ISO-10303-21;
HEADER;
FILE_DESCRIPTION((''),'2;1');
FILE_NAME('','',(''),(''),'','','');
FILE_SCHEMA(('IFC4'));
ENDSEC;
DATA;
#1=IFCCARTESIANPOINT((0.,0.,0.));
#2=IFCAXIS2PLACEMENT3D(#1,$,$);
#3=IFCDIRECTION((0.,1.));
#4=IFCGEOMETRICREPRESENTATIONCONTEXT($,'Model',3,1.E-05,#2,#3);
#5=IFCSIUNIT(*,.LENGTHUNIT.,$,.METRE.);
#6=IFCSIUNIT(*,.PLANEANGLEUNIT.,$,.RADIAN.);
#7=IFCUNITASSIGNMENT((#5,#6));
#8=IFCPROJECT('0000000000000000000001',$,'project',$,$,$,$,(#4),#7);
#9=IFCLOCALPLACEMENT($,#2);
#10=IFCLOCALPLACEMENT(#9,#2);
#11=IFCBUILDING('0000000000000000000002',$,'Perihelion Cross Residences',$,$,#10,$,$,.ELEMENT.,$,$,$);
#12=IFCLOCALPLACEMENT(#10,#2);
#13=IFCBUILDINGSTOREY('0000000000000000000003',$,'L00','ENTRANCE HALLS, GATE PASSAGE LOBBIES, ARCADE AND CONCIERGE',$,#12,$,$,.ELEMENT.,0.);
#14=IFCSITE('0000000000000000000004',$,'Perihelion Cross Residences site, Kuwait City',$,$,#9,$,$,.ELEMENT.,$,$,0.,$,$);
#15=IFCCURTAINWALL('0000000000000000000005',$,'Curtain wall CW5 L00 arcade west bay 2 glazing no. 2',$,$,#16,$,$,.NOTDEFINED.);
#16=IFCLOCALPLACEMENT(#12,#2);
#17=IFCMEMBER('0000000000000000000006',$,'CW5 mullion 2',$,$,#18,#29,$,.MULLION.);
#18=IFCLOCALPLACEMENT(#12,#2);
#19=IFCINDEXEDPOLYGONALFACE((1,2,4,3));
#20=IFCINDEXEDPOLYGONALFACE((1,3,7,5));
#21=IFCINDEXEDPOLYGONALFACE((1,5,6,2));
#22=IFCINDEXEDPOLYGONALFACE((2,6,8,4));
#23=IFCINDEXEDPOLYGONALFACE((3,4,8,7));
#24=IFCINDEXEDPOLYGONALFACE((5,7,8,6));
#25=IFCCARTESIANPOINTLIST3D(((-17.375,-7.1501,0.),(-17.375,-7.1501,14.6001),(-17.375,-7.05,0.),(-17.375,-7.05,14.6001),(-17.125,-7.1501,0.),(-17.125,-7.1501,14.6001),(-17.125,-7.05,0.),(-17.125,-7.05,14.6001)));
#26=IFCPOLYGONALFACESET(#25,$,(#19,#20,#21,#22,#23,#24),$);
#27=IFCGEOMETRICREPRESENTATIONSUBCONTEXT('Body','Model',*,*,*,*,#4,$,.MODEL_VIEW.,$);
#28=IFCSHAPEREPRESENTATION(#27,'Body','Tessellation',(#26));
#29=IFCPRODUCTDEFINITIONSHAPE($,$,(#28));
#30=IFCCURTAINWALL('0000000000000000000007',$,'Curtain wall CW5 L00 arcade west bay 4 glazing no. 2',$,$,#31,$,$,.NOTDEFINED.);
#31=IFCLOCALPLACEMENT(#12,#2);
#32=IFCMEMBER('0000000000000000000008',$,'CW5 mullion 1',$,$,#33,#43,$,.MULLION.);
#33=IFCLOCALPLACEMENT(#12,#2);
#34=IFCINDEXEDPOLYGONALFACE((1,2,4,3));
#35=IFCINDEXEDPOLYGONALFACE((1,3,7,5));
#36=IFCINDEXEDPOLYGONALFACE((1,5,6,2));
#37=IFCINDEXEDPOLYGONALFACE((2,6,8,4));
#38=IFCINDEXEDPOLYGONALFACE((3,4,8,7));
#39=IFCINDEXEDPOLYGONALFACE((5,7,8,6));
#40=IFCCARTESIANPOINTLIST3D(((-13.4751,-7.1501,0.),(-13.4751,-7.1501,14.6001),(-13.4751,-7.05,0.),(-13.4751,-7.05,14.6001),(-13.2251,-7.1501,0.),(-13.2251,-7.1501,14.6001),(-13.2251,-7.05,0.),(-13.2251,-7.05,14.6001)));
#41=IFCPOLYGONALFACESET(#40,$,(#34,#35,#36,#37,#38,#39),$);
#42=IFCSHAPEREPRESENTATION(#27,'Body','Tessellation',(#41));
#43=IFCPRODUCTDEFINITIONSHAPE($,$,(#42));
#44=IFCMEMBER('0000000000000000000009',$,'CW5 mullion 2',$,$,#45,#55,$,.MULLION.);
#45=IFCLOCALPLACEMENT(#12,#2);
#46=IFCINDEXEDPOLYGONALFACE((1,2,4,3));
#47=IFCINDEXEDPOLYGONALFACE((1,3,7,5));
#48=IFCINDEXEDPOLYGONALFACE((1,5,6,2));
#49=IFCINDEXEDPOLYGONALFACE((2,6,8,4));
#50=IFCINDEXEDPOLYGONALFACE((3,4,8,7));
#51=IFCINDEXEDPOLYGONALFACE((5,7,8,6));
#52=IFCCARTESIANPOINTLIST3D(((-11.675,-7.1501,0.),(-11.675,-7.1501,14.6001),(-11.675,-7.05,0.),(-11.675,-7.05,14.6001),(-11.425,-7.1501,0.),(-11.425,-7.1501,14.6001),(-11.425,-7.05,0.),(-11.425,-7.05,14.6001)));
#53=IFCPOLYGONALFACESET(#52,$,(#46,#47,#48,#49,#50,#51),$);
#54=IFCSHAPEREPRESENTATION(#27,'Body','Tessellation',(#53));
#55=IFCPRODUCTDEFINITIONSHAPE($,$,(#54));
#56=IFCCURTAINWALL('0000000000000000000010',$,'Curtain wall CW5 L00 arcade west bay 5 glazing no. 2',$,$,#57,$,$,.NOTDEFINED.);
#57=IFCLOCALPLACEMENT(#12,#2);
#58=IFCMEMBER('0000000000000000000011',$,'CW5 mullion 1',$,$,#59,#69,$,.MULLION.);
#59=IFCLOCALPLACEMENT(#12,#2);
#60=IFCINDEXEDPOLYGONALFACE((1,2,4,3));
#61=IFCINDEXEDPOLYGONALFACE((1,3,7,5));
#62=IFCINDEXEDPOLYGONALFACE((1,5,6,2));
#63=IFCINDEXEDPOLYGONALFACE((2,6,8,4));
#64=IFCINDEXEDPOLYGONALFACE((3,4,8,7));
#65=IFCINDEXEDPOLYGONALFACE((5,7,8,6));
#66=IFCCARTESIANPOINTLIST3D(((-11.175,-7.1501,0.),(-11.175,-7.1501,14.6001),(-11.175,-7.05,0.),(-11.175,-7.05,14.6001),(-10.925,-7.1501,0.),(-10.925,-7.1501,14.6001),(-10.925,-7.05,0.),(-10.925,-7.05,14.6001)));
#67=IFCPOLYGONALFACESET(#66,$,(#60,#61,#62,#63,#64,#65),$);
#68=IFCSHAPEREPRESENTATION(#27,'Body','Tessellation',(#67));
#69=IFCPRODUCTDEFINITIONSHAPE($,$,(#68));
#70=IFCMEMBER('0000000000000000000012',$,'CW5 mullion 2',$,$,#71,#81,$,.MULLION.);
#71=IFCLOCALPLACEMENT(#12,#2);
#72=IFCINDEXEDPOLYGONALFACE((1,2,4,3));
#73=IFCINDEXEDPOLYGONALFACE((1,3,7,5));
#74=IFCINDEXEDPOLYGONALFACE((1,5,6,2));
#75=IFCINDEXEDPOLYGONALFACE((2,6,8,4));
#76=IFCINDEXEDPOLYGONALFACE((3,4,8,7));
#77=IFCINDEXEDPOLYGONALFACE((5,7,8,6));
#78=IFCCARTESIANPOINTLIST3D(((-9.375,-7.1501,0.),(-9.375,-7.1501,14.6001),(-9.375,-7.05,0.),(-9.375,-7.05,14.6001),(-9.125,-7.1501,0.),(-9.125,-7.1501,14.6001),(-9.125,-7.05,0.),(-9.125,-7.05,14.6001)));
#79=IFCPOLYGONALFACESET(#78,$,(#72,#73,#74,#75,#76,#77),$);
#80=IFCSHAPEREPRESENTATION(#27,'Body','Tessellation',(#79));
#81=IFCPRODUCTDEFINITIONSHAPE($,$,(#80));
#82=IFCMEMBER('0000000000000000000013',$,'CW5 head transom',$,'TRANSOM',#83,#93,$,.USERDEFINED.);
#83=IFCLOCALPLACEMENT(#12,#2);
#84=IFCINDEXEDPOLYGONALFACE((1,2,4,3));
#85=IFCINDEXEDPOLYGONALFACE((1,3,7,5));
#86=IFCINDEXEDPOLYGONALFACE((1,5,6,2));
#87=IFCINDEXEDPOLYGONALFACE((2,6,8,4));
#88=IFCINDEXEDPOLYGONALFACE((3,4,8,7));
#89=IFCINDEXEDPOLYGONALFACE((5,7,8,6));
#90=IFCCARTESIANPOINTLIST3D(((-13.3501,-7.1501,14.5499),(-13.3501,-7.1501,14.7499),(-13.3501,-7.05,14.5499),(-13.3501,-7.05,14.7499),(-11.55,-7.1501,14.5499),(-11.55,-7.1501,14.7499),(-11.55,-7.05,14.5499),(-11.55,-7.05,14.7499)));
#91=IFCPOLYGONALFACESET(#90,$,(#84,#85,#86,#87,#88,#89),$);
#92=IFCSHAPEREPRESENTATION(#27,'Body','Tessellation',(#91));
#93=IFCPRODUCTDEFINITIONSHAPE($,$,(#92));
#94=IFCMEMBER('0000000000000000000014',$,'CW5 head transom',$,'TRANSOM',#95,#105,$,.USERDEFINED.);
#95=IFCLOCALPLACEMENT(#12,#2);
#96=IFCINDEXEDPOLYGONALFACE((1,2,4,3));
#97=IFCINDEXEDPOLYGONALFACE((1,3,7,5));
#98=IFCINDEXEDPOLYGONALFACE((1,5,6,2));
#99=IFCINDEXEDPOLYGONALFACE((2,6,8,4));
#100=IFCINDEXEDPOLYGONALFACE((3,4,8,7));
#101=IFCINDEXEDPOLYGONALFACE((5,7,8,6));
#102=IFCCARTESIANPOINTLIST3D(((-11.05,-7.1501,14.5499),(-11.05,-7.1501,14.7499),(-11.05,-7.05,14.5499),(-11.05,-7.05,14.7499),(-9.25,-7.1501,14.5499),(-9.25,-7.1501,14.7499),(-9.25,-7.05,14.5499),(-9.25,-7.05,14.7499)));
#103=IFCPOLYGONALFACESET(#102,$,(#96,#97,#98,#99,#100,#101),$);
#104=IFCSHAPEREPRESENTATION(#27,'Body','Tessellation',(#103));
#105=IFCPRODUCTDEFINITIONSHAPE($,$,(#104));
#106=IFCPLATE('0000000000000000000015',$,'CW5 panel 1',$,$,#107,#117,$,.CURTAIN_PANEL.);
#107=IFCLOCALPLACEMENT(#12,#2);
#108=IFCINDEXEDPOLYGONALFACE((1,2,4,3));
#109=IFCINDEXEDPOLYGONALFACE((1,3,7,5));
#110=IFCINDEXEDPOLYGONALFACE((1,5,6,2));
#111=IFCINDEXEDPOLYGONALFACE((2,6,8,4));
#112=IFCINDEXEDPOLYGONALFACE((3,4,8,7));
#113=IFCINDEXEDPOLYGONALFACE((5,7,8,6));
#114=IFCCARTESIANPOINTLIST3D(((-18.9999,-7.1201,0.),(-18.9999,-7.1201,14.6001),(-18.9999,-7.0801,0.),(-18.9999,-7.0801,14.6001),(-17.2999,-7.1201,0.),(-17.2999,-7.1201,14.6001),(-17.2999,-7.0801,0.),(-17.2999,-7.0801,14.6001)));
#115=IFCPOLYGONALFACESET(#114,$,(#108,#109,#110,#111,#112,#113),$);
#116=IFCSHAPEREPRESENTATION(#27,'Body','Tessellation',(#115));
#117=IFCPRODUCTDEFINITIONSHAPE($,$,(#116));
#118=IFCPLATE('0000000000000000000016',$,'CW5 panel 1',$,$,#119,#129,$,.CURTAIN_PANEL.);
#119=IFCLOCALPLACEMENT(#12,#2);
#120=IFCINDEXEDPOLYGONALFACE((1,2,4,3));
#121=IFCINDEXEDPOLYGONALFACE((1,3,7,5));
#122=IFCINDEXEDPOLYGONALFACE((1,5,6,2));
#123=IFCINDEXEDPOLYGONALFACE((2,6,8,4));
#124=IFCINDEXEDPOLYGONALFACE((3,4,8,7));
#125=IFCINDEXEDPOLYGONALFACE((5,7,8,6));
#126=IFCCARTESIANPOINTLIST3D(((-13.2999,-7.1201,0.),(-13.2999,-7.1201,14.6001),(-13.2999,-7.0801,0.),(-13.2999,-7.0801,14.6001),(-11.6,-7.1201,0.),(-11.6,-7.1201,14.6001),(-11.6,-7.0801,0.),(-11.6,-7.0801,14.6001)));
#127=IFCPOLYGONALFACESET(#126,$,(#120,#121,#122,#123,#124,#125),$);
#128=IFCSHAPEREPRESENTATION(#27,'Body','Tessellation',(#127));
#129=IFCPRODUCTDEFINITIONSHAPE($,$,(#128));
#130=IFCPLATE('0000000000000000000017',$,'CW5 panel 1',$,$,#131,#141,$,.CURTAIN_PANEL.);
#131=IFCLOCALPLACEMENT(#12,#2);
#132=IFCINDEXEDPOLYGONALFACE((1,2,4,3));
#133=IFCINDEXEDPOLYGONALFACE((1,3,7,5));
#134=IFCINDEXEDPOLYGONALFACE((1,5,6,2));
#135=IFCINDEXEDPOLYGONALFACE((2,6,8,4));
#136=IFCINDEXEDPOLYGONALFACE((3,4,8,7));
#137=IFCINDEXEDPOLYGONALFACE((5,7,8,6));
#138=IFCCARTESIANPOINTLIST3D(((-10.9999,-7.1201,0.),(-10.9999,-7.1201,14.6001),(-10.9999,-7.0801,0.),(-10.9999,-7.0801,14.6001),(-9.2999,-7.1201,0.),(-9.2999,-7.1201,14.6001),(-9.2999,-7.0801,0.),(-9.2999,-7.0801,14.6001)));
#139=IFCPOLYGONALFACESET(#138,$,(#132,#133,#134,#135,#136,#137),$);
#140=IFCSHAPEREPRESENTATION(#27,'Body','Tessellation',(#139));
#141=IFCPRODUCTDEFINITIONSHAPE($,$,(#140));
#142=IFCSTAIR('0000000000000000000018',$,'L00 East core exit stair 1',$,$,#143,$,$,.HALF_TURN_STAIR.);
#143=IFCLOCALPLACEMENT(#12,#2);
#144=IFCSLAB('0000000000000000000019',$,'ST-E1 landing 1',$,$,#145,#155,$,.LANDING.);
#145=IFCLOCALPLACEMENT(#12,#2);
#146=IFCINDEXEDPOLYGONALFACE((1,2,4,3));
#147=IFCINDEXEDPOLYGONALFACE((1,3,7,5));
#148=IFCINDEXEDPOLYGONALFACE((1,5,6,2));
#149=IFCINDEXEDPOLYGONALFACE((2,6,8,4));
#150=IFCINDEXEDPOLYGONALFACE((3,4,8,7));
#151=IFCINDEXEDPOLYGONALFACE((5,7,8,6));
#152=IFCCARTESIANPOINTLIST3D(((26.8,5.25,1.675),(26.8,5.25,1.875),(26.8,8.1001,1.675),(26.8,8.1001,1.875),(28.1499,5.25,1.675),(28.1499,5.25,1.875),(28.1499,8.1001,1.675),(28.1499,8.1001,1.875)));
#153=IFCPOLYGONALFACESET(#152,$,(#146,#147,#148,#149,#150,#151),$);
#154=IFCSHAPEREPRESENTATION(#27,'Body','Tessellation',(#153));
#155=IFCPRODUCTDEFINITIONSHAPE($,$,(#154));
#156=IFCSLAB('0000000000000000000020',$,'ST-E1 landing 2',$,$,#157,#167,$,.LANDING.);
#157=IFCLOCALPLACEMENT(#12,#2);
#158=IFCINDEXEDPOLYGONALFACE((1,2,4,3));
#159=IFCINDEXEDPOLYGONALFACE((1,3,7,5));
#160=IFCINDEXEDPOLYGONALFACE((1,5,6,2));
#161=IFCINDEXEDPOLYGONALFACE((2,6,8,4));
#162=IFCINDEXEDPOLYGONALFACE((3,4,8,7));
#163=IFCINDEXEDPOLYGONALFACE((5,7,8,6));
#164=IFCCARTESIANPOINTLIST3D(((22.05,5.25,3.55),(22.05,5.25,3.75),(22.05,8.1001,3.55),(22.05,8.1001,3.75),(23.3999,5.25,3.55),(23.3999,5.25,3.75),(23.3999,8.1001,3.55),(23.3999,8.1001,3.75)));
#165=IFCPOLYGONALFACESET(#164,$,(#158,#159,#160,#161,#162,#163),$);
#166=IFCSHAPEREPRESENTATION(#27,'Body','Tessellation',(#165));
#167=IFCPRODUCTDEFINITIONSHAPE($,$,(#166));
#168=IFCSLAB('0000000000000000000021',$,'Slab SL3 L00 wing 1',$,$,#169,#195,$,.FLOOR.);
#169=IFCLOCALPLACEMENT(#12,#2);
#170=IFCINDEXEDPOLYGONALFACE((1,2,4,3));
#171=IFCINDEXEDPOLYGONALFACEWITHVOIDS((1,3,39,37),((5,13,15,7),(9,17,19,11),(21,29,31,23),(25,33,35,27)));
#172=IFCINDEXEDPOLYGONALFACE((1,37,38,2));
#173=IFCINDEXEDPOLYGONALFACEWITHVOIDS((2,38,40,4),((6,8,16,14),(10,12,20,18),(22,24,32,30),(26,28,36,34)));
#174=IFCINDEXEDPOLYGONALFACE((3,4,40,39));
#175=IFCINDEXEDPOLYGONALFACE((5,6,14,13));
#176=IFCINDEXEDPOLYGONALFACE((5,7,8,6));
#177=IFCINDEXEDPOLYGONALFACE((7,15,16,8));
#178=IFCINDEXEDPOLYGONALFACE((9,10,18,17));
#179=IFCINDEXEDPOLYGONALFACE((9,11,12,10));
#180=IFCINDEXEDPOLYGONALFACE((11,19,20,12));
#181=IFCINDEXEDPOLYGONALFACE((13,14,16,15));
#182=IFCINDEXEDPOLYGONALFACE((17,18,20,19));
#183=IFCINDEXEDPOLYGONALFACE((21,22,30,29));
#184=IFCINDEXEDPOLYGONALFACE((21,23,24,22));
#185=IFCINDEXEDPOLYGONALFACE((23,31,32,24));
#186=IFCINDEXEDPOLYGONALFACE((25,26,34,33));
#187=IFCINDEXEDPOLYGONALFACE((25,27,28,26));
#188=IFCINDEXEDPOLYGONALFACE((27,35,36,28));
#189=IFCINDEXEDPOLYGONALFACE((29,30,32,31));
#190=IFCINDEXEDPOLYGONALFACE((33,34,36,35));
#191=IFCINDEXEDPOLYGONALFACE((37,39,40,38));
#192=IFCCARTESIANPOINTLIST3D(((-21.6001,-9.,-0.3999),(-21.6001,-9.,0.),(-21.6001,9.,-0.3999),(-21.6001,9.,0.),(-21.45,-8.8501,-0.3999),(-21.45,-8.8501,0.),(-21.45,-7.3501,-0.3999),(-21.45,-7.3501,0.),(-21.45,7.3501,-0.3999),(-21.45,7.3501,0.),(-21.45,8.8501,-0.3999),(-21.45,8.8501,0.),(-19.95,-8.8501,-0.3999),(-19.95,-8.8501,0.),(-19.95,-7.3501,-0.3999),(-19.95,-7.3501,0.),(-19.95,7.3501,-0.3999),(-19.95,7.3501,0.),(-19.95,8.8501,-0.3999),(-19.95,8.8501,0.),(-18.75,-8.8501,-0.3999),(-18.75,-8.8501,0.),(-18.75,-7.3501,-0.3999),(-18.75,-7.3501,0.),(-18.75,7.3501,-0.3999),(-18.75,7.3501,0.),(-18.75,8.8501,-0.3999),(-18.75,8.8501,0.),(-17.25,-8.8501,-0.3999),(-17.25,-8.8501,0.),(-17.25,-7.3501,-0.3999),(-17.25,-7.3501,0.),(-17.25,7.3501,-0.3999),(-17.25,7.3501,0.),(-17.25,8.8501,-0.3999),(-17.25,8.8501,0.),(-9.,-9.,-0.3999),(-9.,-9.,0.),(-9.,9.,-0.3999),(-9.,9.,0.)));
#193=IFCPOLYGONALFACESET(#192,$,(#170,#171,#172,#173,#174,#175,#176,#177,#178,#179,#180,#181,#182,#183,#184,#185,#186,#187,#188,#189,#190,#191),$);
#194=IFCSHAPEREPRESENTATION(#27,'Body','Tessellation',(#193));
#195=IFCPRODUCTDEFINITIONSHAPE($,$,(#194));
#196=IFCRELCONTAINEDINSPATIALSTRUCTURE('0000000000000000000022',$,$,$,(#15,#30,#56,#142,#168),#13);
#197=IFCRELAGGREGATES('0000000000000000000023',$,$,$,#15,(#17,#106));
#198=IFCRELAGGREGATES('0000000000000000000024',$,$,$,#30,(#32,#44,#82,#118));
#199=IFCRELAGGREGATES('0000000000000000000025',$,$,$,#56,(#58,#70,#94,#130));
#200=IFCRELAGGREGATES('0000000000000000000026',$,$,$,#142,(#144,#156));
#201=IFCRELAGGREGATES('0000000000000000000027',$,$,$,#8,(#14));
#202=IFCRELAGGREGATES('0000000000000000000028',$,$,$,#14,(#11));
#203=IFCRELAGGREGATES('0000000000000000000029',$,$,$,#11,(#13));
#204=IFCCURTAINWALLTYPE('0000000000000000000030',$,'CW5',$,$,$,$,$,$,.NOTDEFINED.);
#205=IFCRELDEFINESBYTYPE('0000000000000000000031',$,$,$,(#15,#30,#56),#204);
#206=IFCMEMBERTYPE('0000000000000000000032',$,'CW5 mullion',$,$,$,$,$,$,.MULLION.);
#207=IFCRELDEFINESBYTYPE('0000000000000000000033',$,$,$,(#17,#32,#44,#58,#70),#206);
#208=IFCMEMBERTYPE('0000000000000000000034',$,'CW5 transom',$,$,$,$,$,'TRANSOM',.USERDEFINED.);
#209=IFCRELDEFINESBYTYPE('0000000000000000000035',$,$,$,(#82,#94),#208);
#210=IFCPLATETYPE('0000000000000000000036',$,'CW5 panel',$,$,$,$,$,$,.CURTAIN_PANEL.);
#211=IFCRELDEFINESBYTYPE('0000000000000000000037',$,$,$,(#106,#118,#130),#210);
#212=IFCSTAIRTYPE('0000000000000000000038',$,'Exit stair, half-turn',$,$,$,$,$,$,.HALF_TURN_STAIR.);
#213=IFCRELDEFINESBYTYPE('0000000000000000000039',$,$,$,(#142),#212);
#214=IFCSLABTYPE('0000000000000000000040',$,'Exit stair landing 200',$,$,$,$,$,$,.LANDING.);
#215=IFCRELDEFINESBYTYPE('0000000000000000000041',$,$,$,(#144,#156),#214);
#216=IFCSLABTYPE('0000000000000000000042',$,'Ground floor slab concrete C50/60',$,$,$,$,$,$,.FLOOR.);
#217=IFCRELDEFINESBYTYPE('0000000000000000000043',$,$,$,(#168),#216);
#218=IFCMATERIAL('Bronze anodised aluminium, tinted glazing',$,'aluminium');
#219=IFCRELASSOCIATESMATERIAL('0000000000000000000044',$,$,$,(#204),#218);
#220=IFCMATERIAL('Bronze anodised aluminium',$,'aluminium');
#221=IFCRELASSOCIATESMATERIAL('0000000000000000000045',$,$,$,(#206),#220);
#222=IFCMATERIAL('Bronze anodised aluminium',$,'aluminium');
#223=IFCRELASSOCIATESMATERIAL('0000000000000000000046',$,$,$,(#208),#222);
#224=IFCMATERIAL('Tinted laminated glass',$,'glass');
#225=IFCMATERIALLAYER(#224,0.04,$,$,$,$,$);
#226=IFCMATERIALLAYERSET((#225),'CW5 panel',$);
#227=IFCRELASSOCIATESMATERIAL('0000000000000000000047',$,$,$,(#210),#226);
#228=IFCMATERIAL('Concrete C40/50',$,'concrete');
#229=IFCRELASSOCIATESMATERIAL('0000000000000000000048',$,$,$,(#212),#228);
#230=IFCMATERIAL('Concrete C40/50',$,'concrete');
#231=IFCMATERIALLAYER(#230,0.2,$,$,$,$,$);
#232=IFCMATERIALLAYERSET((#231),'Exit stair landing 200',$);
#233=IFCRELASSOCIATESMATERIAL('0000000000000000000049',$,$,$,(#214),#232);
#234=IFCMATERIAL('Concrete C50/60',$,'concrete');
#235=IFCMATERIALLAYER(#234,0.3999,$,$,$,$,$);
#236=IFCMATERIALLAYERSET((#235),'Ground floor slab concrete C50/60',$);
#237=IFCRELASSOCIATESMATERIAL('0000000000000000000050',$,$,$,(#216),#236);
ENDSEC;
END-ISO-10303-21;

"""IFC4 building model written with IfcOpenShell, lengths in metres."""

from ifc_helpers import new_model, si_unit, direction, frame, origin, origin_2d, place, context, subcontext, project, spatial, polyline, rectangle, outline, extrude, material, layer, layer_set, material_profile, profile_set, type_object, element, aggregate, save


model = new_model("IFC4")

# Units and contexts
model_context = context("Model", 3, precision=1e-05, world=origin(), true_north=direction((0.0, 1.0)))
body_context = subcontext(model_context, "Body", "Model", "MODEL_VIEW")
ifc_project = project(units=[si_unit("LENGTHUNIT", "METRE"), si_unit("PLANEANGLEUNIT", "RADIAN")], contexts=[model_context])

# Site, building, storey
site_placement = place(None, origin())
site = spatial("IfcSite", under=ifc_project, at=site_placement, Name="Perihelion Cross Residences site, Kuwait City", CompositionType="ELEMENT", RefElevation=0.0)
building_placement = place(site_placement, origin())
building = spatial("IfcBuilding", under=site, at=building_placement, Name="Perihelion Cross Residences", CompositionType="ELEMENT")
storey_placement = place(building_placement, origin())
storey = spatial("IfcBuildingStorey", under=building, at=storey_placement, Name="L00", Description="ENTRANCE HALLS, GATE PASSAGE LOBBIES, ARCADE AND CONCIERGE", CompositionType="ELEMENT", Elevation=0.0)

# Curtain wall, member
ifc_material_1 = material(Name="Bronze anodised aluminium, tinted glazing", Category="aluminium")
curtain_wall_type = type_object("IfcCurtainWallType", Name="CW5", PredefinedType="NOTDEFINED", material=ifc_material_1)
curtain_wall_1_placement = place(storey_placement, origin())
curtain_wall_1 = element("IfcCurtainWall", 1, at=curtain_wall_1_placement, inside=storey, type_object=curtain_wall_type, Name="Curtain wall CW5 L00 arcade west bay 2 glazing no. 2", PredefinedType="NOTDEFINED")
ifc_material_2 = material(Name="Bronze anodised aluminium", Category="aluminium")
ifc_material_profile_1 = material_profile(ifc_material_2, rectangle(XDim=0.1001, YDim=0.25, at=origin_2d()), Name="CW5 mullion")
ifc_profile_set_1 = profile_set([ifc_material_profile_1], Name="Bronze anodised aluminium")
member_type_1 = type_object("IfcMemberType", Name="CW5 mullion", PredefinedType="MULLION", material=ifc_profile_set_1)
member_1_placement = place(storey_placement, frame((-17.25, -7.1001, 0.0), z_axis=(0.0, 0.0, 1.0), x_axis=(0.0, 1.0, 0.0)))
member_1 = element("IfcMember", 2, at=member_1_placement, type_object=member_type_1, Name="CW5 mullion 2", PredefinedType="MULLION", context=body_context, shape_type="SweptSolid", body=[
    extrude(rectangle(XDim=0.1001, YDim=0.25, at=origin_2d()), origin(), (0.0, 0.0, 1.0), 14.6001),
])

# Curtain walls, members
curtain_wall_2_placement = place(storey_placement, origin())
curtain_wall_2 = element("IfcCurtainWall", 3, at=curtain_wall_2_placement, inside=storey, type_object=curtain_wall_type, Name="Curtain wall CW5 L00 arcade west bay 4 glazing no. 2", PredefinedType="NOTDEFINED")
member_2_placement = place(storey_placement, frame((-13.3501, -7.1001, 0.0), z_axis=(0.0, 0.0, 1.0), x_axis=(0.0, 1.0, 0.0)))
member_2 = element("IfcMember", 4, at=member_2_placement, type_object=member_type_1, Name="CW5 mullion 1", PredefinedType="MULLION", context=body_context, shape_type="SweptSolid", body=[
    extrude(rectangle(XDim=0.1001, YDim=0.25, at=origin_2d()), origin(), (0.0, 0.0, 1.0), 14.6001),
])
member_3_placement = place(storey_placement, frame((-11.55, -7.1001, 0.0), z_axis=(0.0, 0.0, 1.0), x_axis=(0.0, 1.0, 0.0)))
member_3 = element("IfcMember", 5, at=member_3_placement, type_object=member_type_1, Name="CW5 mullion 2", PredefinedType="MULLION", context=body_context, shape_type="SweptSolid", body=[
    extrude(rectangle(XDim=0.1001, YDim=0.25, at=origin_2d()), origin(), (0.0, 0.0, 1.0), 14.6001),
])
curtain_wall_3_placement = place(storey_placement, origin())
curtain_wall_3 = element("IfcCurtainWall", 6, at=curtain_wall_3_placement, inside=storey, type_object=curtain_wall_type, Name="Curtain wall CW5 L00 arcade west bay 5 glazing no. 2", PredefinedType="NOTDEFINED")
member_4_placement = place(storey_placement, frame((-11.05, -7.1001, 0.0), z_axis=(0.0, 0.0, 1.0), x_axis=(0.0, 1.0, 0.0)))
member_4 = element("IfcMember", 7, at=member_4_placement, type_object=member_type_1, Name="CW5 mullion 1", PredefinedType="MULLION", context=body_context, shape_type="SweptSolid", body=[
    extrude(rectangle(XDim=0.1001, YDim=0.25, at=origin_2d()), origin(), (0.0, 0.0, 1.0), 14.6001),
])
member_5_placement = place(storey_placement, frame((-9.25, -7.1001, 0.0), z_axis=(0.0, 0.0, 1.0), x_axis=(0.0, 1.0, 0.0)))
member_5 = element("IfcMember", 8, at=member_5_placement, type_object=member_type_1, Name="CW5 mullion 2", PredefinedType="MULLION", context=body_context, shape_type="SweptSolid", body=[
    extrude(rectangle(XDim=0.1001, YDim=0.25, at=origin_2d()), origin(), (0.0, 0.0, 1.0), 14.6001),
])

# Members
ifc_material_3 = material(Name="Bronze anodised aluminium", Category="aluminium")
ifc_material_profile_2 = material_profile(ifc_material_3, rectangle(XDim=0.1001, YDim=0.2, at=origin_2d()), Name="CW5 transom")
ifc_profile_set_2 = profile_set([ifc_material_profile_2], Name="Bronze anodised aluminium")
member_type_2 = type_object("IfcMemberType", Name="CW5 transom", ElementType="TRANSOM", PredefinedType="USERDEFINED", material=ifc_profile_set_2)
member_6_placement = place(storey_placement, frame((-13.3501, -7.1001, 14.6499), z_axis=(1.0, 0.0, 0.0), x_axis=(0.0, 1.0, 0.0)))
member_6 = element("IfcMember", 9, at=member_6_placement, type_object=member_type_2, Name="CW5 head transom", ObjectType="TRANSOM", PredefinedType="USERDEFINED", context=body_context, shape_type="SweptSolid", body=[
    extrude(rectangle(XDim=0.1001, YDim=0.2, at=origin_2d()), origin(), (0.0, 0.0, 1.0), 1.8),
])
member_7_placement = place(storey_placement, frame((-11.05, -7.1001, 14.6499), z_axis=(1.0, 0.0, 0.0), x_axis=(0.0, 1.0, 0.0)))
member_7 = element("IfcMember", 10, at=member_7_placement, type_object=member_type_2, Name="CW5 head transom", ObjectType="TRANSOM", PredefinedType="USERDEFINED", context=body_context, shape_type="SweptSolid", body=[
    extrude(rectangle(XDim=0.1001, YDim=0.2, at=origin_2d()), origin(), (0.0, 0.0, 1.0), 1.8),
])

# Plates
ifc_material_4 = material(Name="Tinted laminated glass", Category="glass")
ifc_layer_1 = layer(ifc_material_4, 0.04)
ifc_layer_set_1 = layer_set([ifc_layer_1], Name="CW5 panel")
plate_type = type_object("IfcPlateType", Name="CW5 panel", PredefinedType="CURTAIN_PANEL", material=ifc_layer_set_1)
plate_1_placement = place(storey_placement, frame((-18.1499, -7.1001, 0.0), z_axis=(0.0, 0.0, 1.0), x_axis=(1.0, 0.0, 0.0)))
plate_1 = element("IfcPlate", 11, at=plate_1_placement, type_object=plate_type, Name="CW5 panel 1", PredefinedType="CURTAIN_PANEL", context=body_context, shape_type="SweptSolid", body=[
    extrude(rectangle(XDim=1.7, YDim=0.04, at=origin_2d()), origin(), (0.0, 0.0, 1.0), 14.6001),
])
aggregate(curtain_wall_1, [member_1, plate_1])
plate_2_placement = place(storey_placement, frame((-12.45, -7.1001, 0.0), z_axis=(0.0, 0.0, 1.0), x_axis=(1.0, 0.0, 0.0)))
plate_2 = element("IfcPlate", 12, at=plate_2_placement, type_object=plate_type, Name="CW5 panel 1", PredefinedType="CURTAIN_PANEL", context=body_context, shape_type="SweptSolid", body=[
    extrude(rectangle(XDim=1.7, YDim=0.04, at=origin_2d()), origin(), (0.0, 0.0, 1.0), 14.6001),
])
aggregate(curtain_wall_2, [member_2, member_3, member_6, plate_2])
plate_3_placement = place(storey_placement, frame((-10.1499, -7.1001, 0.0), z_axis=(0.0, 0.0, 1.0), x_axis=(1.0, 0.0, 0.0)))
plate_3 = element("IfcPlate", 13, at=plate_3_placement, type_object=plate_type, Name="CW5 panel 1", PredefinedType="CURTAIN_PANEL", context=body_context, shape_type="SweptSolid", body=[
    extrude(rectangle(XDim=1.7, YDim=0.04, at=origin_2d()), origin(), (0.0, 0.0, 1.0), 14.6001),
])
aggregate(curtain_wall_3, [member_4, member_5, member_7, plate_3])

# Stair, slabs
ifc_material_5 = material(Name="Concrete C40/50", Category="concrete")
stair_type = type_object("IfcStairType", Name="Exit stair, half-turn", PredefinedType="HALF_TURN_STAIR", material=ifc_material_5)
stair_placement = place(storey_placement, origin())
stair = element("IfcStair", 14, at=stair_placement, inside=storey, type_object=stair_type, Name="L00 East core exit stair 1", PredefinedType="HALF_TURN_STAIR")
ifc_material_6 = material(Name="Concrete C40/50", Category="concrete")
ifc_layer_2 = layer(ifc_material_6, 0.2)
ifc_layer_set_2 = layer_set([ifc_layer_2], Name="Exit stair landing 200")
slab_type_1 = type_object("IfcSlabType", Name="Exit stair landing 200", PredefinedType="LANDING", material=ifc_layer_set_2)
slab_1_placement = place(storey_placement, frame((0.0, 0.0, 1.675)))
slab_1 = element("IfcSlab", 15, at=slab_1_placement, type_object=slab_type_1, Name="ST-E1 landing 1", PredefinedType="LANDING", context=body_context, shape_type="SweptSolid", body=[
    extrude(outline(polyline([(26.8, 5.25), (28.1499, 5.25), (28.1499, 8.1001), (26.8, 8.1001), (26.8, 5.25)])), origin(), (0.0, 0.0, 1.0), 0.2),
])
slab_2_placement = place(storey_placement, frame((0.0, 0.0, 3.55)))
slab_2 = element("IfcSlab", 16, at=slab_2_placement, type_object=slab_type_1, Name="ST-E1 landing 2", PredefinedType="LANDING", context=body_context, shape_type="SweptSolid", body=[
    extrude(outline(polyline([(22.05, 5.25), (23.3999, 5.25), (23.3999, 8.1001), (22.05, 8.1001), (22.05, 5.25)])), origin(), (0.0, 0.0, 1.0), 0.2),
])
aggregate(stair, [slab_1, slab_2])

# Slab
ifc_material_7 = material(Name="Concrete C50/60", Category="concrete")
ifc_layer_3 = layer(ifc_material_7, 0.3999)
ifc_layer_set_3 = layer_set([ifc_layer_3], Name="Ground floor slab concrete C50/60")
slab_type_2 = type_object("IfcSlabType", Name="Ground floor slab concrete C50/60", PredefinedType="FLOOR", material=ifc_layer_set_3)
slab_3_placement = place(storey_placement, frame((0.0, 0.0, -0.3999)))
element("IfcSlab", 17, at=slab_3_placement, inside=storey, type_object=slab_type_2, Name="Slab SL3 L00 wing 1", PredefinedType="FLOOR", context=body_context, shape_type="SweptSolid", body=[
    extrude(outline(polyline([(-9.0, 9.0), (-9.0, -9.0), (-21.6001, -9.0), (-21.6001, 9.0), (-9.0, 9.0)]), holes=[polyline([(-21.45, -7.3501), (-21.45, -8.8501), (-19.95, -8.8501), (-19.95, -7.3501), (-21.45, -7.3501)]), polyline([(-18.75, -7.3501), (-18.75, -8.8501), (-17.25, -8.8501), (-17.25, -7.3501), (-18.75, -7.3501)]), polyline([(-21.45, 8.8501), (-21.45, 7.3501), (-19.95, 7.3501), (-19.95, 8.8501), (-21.45, 8.8501)]), polyline([(-18.75, 8.8501), (-18.75, 7.3501), (-17.25, 7.3501), (-17.25, 8.8501), (-18.75, 8.8501)])]), origin(), (0.0, 0.0, 1.0), 0.3999),
])

save(model, "model.ifc")
